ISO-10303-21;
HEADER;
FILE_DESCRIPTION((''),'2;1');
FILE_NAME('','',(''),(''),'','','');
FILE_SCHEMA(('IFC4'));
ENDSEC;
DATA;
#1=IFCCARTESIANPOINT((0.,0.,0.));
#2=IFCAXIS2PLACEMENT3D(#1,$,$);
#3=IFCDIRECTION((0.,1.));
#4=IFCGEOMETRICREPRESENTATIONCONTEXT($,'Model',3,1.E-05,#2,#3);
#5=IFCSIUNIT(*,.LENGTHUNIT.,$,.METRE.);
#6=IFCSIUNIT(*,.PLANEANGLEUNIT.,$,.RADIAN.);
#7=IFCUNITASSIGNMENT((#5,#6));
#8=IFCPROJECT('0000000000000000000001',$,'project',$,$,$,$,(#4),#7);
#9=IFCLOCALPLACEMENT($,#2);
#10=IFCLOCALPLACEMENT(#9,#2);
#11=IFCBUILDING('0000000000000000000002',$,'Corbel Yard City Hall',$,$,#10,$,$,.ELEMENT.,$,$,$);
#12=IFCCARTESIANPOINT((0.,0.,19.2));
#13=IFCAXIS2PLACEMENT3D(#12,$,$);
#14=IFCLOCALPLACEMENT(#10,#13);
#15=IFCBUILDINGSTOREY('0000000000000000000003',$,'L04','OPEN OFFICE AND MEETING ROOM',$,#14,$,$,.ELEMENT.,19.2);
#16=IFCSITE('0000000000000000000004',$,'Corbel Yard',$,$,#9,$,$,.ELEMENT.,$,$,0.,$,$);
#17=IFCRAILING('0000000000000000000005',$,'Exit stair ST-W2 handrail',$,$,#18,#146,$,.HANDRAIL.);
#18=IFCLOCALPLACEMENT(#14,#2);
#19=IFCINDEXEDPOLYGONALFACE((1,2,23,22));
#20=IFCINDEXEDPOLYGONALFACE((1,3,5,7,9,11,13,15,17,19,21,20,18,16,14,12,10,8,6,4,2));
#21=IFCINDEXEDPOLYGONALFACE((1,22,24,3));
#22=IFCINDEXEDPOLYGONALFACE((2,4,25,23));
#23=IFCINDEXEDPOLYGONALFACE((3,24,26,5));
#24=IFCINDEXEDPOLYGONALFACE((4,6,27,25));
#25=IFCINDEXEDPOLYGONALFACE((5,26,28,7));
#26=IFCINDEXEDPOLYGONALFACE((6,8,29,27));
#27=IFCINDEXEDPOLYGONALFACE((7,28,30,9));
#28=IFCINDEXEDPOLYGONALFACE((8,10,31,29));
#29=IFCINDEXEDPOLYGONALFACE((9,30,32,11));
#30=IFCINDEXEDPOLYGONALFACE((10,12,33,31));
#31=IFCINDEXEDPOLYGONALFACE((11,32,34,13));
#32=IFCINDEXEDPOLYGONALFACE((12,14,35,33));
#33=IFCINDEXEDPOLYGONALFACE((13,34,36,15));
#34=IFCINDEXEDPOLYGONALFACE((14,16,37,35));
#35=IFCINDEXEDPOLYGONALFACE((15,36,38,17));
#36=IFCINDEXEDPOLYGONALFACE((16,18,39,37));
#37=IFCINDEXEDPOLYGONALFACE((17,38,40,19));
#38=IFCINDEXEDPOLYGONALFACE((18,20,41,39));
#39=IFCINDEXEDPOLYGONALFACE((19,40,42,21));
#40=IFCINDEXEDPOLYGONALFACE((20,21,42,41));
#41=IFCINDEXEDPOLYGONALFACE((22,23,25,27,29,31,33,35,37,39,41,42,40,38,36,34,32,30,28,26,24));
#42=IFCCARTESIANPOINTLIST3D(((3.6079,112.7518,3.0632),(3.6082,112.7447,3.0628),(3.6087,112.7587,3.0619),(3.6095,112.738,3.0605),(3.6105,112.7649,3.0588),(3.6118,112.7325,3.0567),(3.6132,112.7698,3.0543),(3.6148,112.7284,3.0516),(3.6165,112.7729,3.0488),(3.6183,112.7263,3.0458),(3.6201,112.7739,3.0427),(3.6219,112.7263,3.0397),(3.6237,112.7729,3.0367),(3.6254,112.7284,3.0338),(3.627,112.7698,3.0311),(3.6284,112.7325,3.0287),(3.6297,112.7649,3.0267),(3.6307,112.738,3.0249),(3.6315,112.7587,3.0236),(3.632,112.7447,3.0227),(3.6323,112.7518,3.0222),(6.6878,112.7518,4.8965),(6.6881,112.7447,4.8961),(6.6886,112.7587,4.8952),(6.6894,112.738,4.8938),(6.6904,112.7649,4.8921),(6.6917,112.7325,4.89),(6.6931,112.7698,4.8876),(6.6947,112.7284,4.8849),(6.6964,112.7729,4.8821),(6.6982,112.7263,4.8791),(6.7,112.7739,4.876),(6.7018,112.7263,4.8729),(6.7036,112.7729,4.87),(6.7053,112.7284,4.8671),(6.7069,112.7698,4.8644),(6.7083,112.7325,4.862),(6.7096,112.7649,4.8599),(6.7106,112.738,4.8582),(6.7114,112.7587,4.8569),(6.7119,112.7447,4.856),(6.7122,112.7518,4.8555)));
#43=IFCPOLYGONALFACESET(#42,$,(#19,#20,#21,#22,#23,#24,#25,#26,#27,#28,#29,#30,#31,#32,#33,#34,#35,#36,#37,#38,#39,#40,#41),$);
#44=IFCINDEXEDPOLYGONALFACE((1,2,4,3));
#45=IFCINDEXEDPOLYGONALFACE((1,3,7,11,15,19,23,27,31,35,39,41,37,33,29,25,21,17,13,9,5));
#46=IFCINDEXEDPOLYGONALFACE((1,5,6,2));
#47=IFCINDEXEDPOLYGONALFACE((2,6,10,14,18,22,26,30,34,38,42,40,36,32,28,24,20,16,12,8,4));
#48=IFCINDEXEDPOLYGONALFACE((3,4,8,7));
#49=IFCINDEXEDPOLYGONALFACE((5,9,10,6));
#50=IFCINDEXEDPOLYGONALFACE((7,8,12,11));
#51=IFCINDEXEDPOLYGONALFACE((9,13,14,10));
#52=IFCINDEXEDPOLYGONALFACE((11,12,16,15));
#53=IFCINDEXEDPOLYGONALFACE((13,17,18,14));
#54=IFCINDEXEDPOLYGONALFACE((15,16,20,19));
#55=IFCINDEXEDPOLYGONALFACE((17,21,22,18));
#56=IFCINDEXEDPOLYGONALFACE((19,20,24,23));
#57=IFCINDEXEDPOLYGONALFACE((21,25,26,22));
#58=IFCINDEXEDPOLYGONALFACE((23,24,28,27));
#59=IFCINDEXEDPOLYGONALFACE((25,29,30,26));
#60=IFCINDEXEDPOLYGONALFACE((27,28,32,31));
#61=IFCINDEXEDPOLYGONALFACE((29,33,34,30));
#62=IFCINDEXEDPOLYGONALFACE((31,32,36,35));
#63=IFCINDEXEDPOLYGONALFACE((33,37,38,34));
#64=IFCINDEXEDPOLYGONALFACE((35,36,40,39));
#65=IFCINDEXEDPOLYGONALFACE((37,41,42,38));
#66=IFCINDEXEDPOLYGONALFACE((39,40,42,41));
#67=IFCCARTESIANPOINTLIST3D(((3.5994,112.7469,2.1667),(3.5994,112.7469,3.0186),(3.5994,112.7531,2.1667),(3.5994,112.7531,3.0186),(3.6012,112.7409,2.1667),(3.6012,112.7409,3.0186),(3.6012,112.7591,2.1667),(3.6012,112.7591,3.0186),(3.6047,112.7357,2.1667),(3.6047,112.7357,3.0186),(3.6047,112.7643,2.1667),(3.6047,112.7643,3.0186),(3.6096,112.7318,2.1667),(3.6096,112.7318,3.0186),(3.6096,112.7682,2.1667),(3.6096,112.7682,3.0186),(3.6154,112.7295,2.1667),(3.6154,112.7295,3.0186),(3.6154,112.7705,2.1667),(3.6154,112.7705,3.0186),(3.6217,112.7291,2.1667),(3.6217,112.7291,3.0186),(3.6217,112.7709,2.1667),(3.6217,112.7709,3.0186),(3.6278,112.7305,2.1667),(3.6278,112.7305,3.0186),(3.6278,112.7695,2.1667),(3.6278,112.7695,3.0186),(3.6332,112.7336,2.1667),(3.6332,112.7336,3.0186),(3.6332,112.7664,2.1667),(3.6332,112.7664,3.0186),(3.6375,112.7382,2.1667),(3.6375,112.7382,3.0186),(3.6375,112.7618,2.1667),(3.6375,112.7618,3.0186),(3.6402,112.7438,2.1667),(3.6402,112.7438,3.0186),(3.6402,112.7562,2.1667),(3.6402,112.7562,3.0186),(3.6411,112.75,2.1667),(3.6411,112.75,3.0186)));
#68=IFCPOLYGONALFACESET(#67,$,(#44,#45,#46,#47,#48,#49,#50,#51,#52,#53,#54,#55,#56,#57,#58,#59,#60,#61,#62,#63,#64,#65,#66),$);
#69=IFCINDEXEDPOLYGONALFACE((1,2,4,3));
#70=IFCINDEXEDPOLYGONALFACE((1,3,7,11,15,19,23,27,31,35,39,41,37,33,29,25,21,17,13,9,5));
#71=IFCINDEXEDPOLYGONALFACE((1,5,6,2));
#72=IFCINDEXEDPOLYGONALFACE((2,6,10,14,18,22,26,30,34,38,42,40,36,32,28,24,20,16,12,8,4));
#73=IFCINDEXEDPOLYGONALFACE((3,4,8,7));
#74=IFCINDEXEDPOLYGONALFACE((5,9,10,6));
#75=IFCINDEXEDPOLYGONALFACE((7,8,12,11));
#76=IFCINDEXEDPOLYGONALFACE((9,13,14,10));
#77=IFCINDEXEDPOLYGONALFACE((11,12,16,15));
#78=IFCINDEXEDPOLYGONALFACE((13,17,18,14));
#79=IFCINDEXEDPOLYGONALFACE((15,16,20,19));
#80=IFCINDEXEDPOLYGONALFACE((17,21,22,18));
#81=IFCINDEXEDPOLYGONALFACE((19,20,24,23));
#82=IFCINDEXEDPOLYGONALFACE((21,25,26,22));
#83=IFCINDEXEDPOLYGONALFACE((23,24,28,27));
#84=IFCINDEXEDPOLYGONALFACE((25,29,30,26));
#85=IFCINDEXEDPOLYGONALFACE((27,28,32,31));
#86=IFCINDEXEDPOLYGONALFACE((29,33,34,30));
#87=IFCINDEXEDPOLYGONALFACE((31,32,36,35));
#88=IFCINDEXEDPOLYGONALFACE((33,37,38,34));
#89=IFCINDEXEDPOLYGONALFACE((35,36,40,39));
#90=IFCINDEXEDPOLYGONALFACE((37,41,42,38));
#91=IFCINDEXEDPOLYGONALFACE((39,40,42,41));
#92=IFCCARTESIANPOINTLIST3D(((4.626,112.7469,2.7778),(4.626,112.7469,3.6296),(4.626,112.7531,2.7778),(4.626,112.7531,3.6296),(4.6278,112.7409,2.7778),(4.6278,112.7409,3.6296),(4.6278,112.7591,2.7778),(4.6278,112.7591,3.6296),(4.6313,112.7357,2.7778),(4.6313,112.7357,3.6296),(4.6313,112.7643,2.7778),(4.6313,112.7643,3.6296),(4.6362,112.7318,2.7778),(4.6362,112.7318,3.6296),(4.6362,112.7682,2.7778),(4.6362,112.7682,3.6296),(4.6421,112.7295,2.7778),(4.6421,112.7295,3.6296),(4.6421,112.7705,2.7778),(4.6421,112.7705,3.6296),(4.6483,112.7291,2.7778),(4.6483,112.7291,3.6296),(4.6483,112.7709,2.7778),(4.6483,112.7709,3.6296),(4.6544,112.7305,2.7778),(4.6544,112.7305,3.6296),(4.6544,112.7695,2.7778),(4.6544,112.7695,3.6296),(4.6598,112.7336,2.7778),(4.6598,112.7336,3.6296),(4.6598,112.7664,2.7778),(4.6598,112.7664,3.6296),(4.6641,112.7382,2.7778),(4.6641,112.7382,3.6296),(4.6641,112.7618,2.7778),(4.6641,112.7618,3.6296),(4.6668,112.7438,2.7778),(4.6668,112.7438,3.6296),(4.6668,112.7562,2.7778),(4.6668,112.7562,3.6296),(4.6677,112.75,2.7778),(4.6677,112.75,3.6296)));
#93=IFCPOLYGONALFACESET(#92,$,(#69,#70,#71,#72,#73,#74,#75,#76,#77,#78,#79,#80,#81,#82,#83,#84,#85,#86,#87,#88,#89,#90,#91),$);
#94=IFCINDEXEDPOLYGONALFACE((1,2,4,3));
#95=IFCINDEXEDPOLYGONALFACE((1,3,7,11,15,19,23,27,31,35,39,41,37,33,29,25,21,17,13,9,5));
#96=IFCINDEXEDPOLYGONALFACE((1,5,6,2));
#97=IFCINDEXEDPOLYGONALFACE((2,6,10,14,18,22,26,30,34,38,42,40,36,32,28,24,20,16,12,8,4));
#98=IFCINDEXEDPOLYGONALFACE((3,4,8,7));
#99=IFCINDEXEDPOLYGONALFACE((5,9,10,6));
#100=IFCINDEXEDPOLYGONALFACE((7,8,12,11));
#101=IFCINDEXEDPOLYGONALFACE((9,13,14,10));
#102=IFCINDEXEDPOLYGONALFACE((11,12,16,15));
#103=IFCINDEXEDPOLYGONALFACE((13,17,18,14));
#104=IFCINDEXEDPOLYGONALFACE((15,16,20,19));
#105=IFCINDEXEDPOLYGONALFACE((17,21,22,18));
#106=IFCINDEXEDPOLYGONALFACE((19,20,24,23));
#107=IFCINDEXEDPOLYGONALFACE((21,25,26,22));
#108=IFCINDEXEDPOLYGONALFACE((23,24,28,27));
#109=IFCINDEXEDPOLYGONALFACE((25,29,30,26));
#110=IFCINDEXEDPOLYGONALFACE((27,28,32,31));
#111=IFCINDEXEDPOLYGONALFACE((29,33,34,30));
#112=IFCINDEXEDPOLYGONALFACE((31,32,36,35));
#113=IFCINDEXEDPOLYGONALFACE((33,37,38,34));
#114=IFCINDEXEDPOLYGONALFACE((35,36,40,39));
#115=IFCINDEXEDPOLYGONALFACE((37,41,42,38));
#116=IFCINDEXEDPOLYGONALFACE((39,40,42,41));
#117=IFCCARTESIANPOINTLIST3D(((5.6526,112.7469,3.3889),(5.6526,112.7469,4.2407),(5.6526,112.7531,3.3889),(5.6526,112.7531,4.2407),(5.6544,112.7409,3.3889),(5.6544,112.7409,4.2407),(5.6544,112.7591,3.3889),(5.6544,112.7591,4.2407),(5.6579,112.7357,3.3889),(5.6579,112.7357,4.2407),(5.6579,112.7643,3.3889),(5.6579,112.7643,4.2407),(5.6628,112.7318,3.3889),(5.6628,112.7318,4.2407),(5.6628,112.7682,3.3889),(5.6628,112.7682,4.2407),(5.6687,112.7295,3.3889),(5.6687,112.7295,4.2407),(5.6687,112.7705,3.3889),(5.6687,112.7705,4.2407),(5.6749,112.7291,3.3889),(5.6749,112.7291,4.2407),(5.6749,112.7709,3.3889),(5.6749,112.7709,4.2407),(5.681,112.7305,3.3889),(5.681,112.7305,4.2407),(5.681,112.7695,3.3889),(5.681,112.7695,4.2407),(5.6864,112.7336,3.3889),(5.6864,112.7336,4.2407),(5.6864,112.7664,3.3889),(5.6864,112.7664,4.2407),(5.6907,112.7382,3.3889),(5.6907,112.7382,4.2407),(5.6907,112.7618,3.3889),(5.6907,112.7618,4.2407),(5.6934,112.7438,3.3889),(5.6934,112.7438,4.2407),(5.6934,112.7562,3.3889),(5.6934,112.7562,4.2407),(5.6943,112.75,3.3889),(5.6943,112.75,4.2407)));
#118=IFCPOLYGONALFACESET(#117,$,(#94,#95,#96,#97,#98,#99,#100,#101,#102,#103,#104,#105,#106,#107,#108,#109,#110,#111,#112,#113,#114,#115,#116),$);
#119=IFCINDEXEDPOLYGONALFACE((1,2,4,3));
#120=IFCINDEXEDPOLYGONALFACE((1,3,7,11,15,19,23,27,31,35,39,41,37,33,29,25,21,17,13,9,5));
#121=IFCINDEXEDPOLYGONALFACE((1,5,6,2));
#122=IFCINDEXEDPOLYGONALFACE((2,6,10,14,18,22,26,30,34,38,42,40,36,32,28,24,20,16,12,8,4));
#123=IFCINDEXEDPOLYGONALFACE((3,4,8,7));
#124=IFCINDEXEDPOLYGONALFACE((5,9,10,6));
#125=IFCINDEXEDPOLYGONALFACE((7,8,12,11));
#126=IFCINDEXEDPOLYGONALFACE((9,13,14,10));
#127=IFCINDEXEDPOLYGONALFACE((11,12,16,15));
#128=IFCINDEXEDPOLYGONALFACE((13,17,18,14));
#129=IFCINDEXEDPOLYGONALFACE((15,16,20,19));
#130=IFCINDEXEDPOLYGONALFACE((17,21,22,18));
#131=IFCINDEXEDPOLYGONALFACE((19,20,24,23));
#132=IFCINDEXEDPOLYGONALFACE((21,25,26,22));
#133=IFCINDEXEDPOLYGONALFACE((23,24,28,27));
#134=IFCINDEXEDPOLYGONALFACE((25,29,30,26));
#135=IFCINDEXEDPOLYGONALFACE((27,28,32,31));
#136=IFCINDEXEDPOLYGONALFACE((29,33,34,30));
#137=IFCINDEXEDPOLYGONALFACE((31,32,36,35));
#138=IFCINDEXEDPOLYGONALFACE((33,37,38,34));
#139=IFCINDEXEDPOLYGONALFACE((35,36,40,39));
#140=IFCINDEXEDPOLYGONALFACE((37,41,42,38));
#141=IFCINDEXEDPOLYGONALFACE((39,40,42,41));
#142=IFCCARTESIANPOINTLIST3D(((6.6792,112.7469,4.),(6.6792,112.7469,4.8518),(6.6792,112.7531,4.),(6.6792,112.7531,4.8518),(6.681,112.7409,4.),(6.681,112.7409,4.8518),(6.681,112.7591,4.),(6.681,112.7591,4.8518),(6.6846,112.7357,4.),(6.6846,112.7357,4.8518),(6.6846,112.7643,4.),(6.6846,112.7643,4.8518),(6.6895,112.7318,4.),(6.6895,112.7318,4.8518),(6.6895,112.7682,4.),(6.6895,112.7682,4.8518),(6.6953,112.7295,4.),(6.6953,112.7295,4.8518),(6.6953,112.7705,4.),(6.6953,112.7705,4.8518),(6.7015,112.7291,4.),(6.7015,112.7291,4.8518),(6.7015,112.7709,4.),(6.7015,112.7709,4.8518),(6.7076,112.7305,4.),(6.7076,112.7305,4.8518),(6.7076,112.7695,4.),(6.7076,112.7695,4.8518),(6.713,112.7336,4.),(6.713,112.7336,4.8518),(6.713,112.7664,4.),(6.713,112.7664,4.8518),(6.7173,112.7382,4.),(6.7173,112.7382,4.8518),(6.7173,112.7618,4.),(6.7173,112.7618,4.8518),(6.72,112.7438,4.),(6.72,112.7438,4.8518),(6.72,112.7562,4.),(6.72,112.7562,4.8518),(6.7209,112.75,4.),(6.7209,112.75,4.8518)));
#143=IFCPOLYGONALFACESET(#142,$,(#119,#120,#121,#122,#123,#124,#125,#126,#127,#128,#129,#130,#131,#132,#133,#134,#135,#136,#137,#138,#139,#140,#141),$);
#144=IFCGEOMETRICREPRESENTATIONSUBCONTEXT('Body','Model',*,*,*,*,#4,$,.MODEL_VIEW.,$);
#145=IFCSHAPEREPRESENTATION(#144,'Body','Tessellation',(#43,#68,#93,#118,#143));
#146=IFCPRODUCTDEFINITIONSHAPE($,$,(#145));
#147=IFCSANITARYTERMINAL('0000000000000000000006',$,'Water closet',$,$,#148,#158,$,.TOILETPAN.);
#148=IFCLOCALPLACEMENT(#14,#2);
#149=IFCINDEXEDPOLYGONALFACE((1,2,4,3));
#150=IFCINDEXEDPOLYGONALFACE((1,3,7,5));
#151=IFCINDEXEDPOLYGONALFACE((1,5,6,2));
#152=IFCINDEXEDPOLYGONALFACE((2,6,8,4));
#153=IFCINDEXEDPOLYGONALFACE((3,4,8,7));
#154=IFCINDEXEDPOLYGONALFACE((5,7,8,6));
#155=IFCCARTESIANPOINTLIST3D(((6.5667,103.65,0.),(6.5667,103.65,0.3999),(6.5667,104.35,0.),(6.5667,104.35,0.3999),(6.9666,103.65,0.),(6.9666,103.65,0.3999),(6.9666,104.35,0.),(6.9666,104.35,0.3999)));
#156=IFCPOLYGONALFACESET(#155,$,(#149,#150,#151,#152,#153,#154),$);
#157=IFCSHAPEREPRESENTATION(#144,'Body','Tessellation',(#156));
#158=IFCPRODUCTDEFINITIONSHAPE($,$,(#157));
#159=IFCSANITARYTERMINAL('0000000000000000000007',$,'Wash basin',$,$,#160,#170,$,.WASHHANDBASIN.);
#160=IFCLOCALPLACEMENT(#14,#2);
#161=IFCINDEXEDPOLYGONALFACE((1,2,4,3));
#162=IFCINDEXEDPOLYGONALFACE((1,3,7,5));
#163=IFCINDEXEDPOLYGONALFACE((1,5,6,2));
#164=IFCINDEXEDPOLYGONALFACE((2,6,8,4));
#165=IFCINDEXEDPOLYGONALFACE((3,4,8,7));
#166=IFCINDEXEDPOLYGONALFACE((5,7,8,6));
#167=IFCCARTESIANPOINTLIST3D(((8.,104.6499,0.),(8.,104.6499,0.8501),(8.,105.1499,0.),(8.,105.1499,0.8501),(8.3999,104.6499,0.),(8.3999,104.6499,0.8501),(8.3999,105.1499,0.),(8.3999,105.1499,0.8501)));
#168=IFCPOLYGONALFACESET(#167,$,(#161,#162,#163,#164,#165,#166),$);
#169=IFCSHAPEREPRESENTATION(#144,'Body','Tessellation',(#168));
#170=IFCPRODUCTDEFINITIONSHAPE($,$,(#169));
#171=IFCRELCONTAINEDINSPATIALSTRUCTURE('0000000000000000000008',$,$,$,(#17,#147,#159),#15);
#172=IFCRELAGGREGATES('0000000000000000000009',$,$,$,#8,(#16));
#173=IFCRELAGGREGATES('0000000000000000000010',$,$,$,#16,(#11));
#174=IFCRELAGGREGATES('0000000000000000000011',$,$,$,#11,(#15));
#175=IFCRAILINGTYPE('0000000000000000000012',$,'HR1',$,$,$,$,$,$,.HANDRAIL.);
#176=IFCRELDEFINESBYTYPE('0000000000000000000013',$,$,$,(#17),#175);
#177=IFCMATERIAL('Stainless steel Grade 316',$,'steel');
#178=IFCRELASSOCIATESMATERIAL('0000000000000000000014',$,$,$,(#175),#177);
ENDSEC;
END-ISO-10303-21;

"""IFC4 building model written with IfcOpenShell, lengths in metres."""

from ifc_helpers import new_model, si_unit, direction, frame, origin, origin_2d, place, context, subcontext, project, spatial, rectangle, circle, extrude, material, type_object, element, save


model = new_model("IFC4")

# Units and contexts
model_context = context("Model", 3, precision=1e-05, world=origin(), true_north=direction((0.0, 1.0)))
body_context = subcontext(model_context, "Body", "Model", "MODEL_VIEW")
ifc_project = project(units=[si_unit("LENGTHUNIT", "METRE"), si_unit("PLANEANGLEUNIT", "RADIAN")], contexts=[model_context])

# Site, building, storey
site_placement = place(None, origin())
site = spatial("IfcSite", under=ifc_project, at=site_placement, Name="Corbel Yard", CompositionType="ELEMENT", RefElevation=0.0)
building_placement = place(site_placement, origin())
building = spatial("IfcBuilding", under=site, at=building_placement, Name="Corbel Yard City Hall", CompositionType="ELEMENT")
storey_placement = place(building_placement, frame((0.0, 0.0, 19.2)))
storey = spatial("IfcBuildingStorey", under=building, at=storey_placement, Name="L04", Description="OPEN OFFICE AND MEETING ROOM", CompositionType="ELEMENT", Elevation=19.2)

# Shared definitions
ifc_material_1 = material(Name="Stainless steel Grade 316", Category="steel")

# Railing
railing_type = type_object("IfcRailingType", Name="HR1", PredefinedType="HANDRAIL", material=ifc_material_1)
for number, where, name in (
    (1, (3.6201, 112.75, 2.1667), "Exit stair ST-W2 handrail"),
):
    element("IfcRailing", number, at=place(storey_placement, frame(where)), inside=storey, type_object=railing_type, Name=name, PredefinedType="HANDRAIL", context=body_context, shape_type="SweptSolid", body=[
        extrude(circle(Radius=0.0239, at=origin_2d()), frame((0.0, 0.0, 0.876), z_axis=(0.859291, 0.0, 0.511487), x_axis=(0.0, 1.0, 0.0)), (0.0, 0.0, 1.0), 3.5842),
        extrude(circle(Radius=0.021, at=origin_2d()), origin(), (0.0, 0.0, 1.0), 0.8518),
        extrude(circle(Radius=0.021, at=origin_2d()), frame((1.0266, 0.0, 0.6111)), (0.0, 0.0, 1.0), 0.8518),
        extrude(circle(Radius=0.021, at=origin_2d()), frame((2.0532, 0.0, 1.2222)), (0.0, 0.0, 1.0), 0.8518),
        extrude(circle(Radius=0.021, at=origin_2d()), frame((3.0798, 0.0, 1.8333)), (0.0, 0.0, 1.0), 0.8518),
    ])

# Sanitary terminals
sanitary_terminal_1_placement = place(storey_placement, frame((6.7666, 104.0, 0.0), z_axis=(0.0, 0.0, 1.0), x_axis=(1.0, 0.0, 0.0)))
element("IfcSanitaryTerminal", 2, at=sanitary_terminal_1_placement, inside=storey, Name="Water closet", PredefinedType="TOILETPAN", context=body_context, shape_type="SweptSolid", body=[
    extrude(rectangle(XDim=0.3999, YDim=0.7, at=origin_2d()), origin(), (0.0, 0.0, 1.0), 0.3999),
])
sanitary_terminal_2_placement = place(storey_placement, frame((8.2, 104.8999, 0.0), z_axis=(0.0, 0.0, 1.0), x_axis=(1.0, 0.0, 0.0)))
element("IfcSanitaryTerminal", 3, at=sanitary_terminal_2_placement, inside=storey, Name="Wash basin", PredefinedType="WASHHANDBASIN", context=body_context, shape_type="SweptSolid", body=[
    extrude(rectangle(XDim=0.3999, YDim=0.5, at=origin_2d()), origin(), (0.0, 0.0, 1.0), 0.8501),
])

save(model, "model.ifc")
